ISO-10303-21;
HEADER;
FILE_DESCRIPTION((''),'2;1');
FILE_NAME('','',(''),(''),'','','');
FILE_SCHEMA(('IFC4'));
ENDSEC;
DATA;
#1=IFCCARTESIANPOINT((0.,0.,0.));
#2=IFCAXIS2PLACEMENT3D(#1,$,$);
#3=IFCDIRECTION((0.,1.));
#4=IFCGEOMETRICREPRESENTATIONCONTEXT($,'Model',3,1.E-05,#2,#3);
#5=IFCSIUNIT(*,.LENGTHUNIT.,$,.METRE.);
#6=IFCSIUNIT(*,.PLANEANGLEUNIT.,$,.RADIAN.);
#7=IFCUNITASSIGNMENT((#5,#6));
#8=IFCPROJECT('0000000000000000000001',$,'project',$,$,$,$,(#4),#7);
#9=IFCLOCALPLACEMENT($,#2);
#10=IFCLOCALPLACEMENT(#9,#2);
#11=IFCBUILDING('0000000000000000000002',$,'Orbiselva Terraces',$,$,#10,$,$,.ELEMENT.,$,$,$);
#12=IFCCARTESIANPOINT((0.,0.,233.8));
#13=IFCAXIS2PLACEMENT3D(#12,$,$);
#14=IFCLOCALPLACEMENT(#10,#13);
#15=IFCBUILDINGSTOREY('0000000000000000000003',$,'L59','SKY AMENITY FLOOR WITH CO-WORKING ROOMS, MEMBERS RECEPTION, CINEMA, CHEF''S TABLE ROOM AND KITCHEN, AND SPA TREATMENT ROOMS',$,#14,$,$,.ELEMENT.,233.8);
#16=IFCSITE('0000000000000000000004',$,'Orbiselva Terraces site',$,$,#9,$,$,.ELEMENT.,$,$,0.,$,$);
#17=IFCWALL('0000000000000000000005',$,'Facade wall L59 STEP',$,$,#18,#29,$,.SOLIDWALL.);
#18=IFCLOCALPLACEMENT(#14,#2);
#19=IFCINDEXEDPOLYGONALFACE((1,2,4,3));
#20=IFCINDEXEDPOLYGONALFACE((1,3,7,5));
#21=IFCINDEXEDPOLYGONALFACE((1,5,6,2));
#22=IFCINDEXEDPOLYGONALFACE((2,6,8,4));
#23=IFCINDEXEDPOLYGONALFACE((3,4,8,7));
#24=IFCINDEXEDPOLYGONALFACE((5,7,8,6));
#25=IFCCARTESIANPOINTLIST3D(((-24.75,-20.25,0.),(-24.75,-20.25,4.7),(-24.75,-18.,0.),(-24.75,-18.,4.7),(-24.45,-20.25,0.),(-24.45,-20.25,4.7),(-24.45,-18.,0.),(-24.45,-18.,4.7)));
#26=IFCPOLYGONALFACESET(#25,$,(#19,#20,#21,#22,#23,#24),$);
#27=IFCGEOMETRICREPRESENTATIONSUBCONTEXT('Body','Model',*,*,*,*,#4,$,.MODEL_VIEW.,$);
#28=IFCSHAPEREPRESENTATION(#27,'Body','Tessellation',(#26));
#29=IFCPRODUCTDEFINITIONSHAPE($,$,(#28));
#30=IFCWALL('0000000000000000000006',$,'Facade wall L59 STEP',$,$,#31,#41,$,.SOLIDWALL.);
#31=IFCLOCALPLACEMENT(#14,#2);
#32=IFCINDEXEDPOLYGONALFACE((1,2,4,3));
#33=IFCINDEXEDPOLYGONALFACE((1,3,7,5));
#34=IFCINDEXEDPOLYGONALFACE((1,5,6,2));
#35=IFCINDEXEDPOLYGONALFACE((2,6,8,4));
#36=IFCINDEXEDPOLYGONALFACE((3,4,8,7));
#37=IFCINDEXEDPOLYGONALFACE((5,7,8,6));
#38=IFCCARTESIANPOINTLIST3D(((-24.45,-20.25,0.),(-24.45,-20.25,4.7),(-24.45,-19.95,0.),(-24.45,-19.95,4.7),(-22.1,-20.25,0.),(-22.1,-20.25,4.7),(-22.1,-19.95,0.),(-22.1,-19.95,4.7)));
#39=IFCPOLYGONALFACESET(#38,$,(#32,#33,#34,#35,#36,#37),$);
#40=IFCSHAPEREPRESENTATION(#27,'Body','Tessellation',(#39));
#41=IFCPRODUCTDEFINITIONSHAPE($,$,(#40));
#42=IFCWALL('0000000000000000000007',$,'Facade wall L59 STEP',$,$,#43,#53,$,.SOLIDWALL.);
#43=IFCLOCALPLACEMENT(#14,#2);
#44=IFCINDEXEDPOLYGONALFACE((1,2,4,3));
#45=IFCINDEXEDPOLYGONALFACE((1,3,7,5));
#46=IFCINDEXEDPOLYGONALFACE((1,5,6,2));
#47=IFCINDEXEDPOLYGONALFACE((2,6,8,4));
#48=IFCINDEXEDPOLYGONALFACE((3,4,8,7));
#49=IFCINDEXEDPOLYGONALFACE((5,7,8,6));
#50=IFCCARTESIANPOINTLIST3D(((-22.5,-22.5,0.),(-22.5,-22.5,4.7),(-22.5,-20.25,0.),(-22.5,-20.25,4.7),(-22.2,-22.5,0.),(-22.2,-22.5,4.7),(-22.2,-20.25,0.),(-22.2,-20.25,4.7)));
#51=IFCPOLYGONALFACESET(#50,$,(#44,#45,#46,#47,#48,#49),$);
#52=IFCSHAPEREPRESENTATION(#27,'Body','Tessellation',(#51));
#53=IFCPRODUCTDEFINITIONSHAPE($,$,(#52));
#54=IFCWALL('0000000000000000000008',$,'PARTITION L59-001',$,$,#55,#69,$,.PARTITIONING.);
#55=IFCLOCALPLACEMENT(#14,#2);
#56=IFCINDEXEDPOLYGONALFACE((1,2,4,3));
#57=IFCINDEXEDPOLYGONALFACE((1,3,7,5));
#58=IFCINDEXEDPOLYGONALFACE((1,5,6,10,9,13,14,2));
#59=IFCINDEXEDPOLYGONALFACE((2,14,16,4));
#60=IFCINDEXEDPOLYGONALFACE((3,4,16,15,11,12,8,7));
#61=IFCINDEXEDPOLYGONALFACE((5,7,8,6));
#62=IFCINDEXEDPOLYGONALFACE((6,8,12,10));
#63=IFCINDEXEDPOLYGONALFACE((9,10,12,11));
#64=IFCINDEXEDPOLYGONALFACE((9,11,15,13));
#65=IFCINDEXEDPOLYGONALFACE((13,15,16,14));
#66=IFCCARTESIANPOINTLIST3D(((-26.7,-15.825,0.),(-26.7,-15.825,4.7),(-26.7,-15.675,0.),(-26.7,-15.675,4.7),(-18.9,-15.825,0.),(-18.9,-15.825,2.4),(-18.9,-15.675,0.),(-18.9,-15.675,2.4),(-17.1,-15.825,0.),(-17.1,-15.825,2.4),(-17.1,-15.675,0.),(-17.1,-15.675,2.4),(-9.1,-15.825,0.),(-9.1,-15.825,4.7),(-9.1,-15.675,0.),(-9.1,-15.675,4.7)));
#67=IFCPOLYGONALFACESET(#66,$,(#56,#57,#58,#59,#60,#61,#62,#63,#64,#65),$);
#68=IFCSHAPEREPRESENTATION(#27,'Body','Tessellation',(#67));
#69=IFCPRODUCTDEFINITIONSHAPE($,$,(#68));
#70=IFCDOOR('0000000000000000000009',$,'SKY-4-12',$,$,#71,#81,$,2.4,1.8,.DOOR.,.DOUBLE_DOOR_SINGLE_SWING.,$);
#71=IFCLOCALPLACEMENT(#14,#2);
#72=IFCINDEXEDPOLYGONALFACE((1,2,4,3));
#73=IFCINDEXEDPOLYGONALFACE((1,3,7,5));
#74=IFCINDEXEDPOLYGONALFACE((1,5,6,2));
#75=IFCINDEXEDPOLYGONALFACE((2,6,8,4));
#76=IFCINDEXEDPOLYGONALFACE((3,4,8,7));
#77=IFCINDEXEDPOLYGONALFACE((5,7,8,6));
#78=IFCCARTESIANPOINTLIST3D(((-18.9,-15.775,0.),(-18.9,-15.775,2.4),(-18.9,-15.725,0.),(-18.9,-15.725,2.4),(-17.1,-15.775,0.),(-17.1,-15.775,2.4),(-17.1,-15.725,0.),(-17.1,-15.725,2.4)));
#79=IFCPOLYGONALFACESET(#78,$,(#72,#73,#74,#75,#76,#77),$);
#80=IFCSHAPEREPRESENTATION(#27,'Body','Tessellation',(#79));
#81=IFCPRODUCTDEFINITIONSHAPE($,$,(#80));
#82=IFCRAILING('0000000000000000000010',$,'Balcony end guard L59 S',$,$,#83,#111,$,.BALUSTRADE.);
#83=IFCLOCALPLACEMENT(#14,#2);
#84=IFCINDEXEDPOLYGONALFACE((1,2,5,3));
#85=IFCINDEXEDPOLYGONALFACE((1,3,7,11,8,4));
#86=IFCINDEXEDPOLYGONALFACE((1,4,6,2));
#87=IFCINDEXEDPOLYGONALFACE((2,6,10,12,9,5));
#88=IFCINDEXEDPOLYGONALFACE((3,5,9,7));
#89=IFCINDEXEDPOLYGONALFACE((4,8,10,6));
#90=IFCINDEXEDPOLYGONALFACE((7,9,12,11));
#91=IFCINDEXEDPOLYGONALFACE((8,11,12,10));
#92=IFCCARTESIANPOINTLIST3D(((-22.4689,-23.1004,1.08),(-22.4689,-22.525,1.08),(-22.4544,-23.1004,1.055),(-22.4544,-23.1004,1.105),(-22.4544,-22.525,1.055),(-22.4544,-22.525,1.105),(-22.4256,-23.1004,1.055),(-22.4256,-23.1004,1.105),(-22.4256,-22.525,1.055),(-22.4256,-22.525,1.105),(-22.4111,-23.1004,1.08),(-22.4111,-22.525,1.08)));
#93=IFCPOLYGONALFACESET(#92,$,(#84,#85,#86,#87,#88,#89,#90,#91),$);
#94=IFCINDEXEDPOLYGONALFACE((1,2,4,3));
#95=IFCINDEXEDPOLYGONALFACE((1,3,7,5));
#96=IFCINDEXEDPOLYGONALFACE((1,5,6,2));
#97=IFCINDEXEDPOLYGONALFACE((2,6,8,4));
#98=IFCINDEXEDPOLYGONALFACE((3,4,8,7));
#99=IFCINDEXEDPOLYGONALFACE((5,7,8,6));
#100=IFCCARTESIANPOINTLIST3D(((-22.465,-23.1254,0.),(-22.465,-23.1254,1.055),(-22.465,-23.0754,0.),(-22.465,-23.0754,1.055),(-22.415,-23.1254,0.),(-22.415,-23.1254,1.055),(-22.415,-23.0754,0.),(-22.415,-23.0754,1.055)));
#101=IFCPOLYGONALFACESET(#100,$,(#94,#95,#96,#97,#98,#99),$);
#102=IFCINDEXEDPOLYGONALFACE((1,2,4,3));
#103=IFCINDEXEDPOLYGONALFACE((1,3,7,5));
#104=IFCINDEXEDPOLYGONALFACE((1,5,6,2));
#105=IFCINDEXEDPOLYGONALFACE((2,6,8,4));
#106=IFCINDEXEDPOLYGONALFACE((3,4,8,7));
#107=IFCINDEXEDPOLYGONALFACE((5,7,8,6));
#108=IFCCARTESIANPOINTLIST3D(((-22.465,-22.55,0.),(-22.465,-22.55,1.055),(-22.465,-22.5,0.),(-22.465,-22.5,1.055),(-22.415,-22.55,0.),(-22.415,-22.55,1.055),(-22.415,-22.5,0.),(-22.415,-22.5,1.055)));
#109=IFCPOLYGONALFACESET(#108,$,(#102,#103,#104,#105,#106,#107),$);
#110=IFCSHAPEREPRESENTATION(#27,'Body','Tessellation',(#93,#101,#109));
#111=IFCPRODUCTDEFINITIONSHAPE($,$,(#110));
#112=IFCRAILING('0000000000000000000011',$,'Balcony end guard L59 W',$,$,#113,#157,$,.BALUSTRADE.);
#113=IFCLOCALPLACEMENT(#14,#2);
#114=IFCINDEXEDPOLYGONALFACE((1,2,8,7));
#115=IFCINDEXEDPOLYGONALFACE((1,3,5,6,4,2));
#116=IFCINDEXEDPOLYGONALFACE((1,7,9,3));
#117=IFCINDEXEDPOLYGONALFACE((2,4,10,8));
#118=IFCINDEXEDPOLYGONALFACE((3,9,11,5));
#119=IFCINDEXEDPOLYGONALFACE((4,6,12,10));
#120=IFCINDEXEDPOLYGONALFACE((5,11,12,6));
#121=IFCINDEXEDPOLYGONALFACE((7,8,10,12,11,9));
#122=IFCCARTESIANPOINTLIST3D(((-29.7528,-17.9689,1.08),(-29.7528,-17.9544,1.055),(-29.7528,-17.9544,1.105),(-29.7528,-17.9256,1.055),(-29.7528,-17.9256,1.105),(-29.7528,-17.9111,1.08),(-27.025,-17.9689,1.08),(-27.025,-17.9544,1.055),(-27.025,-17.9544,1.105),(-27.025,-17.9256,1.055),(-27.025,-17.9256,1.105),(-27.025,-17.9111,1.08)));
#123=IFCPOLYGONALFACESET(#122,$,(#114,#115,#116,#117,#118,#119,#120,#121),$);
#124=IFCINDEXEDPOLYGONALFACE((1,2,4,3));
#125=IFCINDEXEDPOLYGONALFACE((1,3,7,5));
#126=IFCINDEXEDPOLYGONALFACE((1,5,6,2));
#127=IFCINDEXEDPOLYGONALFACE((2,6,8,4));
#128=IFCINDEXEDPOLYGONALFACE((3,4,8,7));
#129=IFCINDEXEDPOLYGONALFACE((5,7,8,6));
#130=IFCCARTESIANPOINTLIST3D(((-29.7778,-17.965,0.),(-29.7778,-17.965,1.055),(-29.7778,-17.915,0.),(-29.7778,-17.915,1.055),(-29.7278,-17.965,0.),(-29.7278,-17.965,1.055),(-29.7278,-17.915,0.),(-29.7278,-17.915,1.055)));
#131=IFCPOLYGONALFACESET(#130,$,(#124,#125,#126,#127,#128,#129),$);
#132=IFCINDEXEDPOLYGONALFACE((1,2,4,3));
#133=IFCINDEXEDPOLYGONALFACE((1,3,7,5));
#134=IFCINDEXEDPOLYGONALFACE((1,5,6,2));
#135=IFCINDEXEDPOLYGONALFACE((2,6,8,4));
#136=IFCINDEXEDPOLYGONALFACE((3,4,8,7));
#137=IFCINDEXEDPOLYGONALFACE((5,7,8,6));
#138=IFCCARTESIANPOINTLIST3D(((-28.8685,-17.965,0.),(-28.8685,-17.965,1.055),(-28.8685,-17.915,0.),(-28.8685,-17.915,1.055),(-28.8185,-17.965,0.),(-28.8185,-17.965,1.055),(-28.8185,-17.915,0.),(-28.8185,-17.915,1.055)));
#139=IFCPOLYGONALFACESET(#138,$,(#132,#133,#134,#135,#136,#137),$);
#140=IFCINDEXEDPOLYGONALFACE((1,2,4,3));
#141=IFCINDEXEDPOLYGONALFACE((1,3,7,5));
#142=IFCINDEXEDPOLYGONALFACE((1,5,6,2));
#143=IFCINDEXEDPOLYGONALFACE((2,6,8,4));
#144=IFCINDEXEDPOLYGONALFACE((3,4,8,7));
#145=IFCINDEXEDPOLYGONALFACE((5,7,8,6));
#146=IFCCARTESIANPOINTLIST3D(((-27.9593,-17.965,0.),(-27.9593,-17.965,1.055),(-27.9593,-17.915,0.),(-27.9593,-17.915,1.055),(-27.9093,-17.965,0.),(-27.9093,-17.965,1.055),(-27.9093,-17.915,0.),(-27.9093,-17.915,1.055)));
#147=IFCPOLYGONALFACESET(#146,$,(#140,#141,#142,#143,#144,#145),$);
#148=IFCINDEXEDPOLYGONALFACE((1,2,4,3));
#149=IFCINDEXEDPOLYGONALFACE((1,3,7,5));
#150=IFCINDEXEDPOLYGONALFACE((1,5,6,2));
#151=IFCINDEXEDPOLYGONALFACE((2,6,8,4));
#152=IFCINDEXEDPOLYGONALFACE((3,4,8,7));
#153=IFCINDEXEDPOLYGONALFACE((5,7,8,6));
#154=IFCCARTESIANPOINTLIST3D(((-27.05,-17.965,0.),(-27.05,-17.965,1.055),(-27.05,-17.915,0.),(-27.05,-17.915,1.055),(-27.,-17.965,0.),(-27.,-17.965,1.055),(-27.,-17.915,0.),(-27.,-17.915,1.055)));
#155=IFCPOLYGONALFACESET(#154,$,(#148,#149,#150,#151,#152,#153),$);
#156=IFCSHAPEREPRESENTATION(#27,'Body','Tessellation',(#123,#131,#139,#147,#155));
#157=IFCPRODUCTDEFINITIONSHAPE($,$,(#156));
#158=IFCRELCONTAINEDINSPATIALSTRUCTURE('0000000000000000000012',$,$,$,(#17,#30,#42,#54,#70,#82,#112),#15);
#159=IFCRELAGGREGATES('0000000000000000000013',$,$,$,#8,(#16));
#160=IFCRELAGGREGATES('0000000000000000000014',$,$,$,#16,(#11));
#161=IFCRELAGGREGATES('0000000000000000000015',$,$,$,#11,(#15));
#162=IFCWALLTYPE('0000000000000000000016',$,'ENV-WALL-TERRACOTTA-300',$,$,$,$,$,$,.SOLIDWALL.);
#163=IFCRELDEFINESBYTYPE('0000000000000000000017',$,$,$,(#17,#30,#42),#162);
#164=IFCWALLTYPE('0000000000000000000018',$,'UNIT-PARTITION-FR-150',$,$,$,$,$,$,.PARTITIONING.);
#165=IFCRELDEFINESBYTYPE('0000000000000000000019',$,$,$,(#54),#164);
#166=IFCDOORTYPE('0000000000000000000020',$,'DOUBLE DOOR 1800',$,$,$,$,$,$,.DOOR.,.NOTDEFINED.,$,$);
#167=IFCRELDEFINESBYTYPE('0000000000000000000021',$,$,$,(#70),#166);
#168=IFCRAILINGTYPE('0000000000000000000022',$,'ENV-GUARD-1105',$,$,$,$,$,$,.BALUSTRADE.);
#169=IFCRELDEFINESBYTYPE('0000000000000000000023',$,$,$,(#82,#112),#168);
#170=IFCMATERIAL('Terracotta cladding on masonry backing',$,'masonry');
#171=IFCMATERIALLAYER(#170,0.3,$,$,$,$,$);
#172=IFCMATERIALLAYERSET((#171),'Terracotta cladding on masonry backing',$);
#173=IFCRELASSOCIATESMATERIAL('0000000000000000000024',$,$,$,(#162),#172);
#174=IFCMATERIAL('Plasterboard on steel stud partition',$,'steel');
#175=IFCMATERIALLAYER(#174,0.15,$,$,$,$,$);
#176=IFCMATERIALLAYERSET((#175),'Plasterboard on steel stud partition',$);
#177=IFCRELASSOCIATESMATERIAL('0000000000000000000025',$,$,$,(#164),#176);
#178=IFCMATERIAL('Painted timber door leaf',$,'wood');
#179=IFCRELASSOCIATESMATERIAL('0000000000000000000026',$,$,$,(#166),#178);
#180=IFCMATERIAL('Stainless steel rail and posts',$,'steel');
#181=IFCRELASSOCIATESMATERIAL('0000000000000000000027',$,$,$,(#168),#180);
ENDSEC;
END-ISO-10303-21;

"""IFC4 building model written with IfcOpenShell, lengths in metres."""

from ifc_helpers import new_model, si_unit, direction, frame, frame_2d, origin, origin_2d, place, context, subcontext, project, spatial, polyline, rectangle, outline, extrude, material, layer, layer_set, type_object, element, fill, save


model = new_model("IFC4")

# Units and contexts
model_context = context("Model", 3, precision=1e-05, world=origin(), true_north=direction((0.0, 1.0)))
body_context = subcontext(model_context, "Body", "Model", "MODEL_VIEW")
ifc_project = project(units=[si_unit("LENGTHUNIT", "METRE"), si_unit("PLANEANGLEUNIT", "RADIAN")], contexts=[model_context])

# Site, building, storey
site_placement = place(None, origin())
site = spatial("IfcSite", under=ifc_project, at=site_placement, Name="Orbiselva Terraces site", CompositionType="ELEMENT", RefElevation=0.0)
building_placement = place(site_placement, origin())
building = spatial("IfcBuilding", under=site, at=building_placement, Name="Orbiselva Terraces", CompositionType="ELEMENT")
storey_placement = place(building_placement, frame((0.0, 0.0, 233.8)))
storey = spatial("IfcBuildingStorey", under=building, at=storey_placement, Name="L59", Description="SKY AMENITY FLOOR WITH CO-WORKING ROOMS, MEMBERS RECEPTION, CINEMA, CHEF'S TABLE ROOM AND KITCHEN, AND SPA TREATMENT ROOMS", CompositionType="ELEMENT", Elevation=233.8)

# Walls
ifc_material_1 = material(Name="Terracotta cladding on masonry backing", Category="masonry")
ifc_layer_1 = layer(ifc_material_1, 0.3)
ifc_layer_set_1 = layer_set([ifc_layer_1], Name="Terracotta cladding on masonry backing")
wall_type_1 = type_object("IfcWallType", Name="ENV-WALL-TERRACOTTA-300", PredefinedType="SOLIDWALL", material=ifc_layer_set_1)
wall_1_placement = place(storey_placement, frame((-24.6, -20.25, 0.0), z_axis=(0.0, 0.0, 1.0), x_axis=(0.0, 1.0, 0.0)))
element("IfcWall", 1, at=wall_1_placement, inside=storey, type_object=wall_type_1, Name="Facade wall L59 STEP", PredefinedType="SOLIDWALL", context=body_context, shape_type="SweptSolid", body=[
    extrude(rectangle(XDim=2.25, YDim=0.3, at=frame_2d((1.125, 0.0))), origin(), (0.0, 0.0, 1.0), 4.7),
])
wall_2_placement = place(storey_placement, frame((-22.1, -20.1, 0.0), z_axis=(0.0, 0.0, 1.0), x_axis=(-1.0, 0.0, 0.0)))
element("IfcWall", 2, at=wall_2_placement, inside=storey, type_object=wall_type_1, Name="Facade wall L59 STEP", PredefinedType="SOLIDWALL", context=body_context, shape_type="SweptSolid", body=[
    extrude(rectangle(XDim=2.35, YDim=0.3, at=frame_2d((1.175, 0.0))), origin(), (0.0, 0.0, 1.0), 4.7),
])
wall_3_placement = place(storey_placement, frame((-22.35, -22.5, 0.0), z_axis=(0.0, 0.0, 1.0), x_axis=(0.0, 1.0, 0.0)))
element("IfcWall", 3, at=wall_3_placement, inside=storey, type_object=wall_type_1, Name="Facade wall L59 STEP", PredefinedType="SOLIDWALL", context=body_context, shape_type="SweptSolid", body=[
    extrude(rectangle(XDim=2.25, YDim=0.3, at=frame_2d((1.125, 0.0))), origin(), (0.0, 0.0, 1.0), 4.7),
])

# Wall, opening, door
ifc_material_2 = material(Name="Plasterboard on steel stud partition", Category="steel")
ifc_layer_2 = layer(ifc_material_2, 0.15)
ifc_layer_set_2 = layer_set([ifc_layer_2], Name="Plasterboard on steel stud partition")
wall_type_2 = type_object("IfcWallType", Name="UNIT-PARTITION-FR-150", PredefinedType="PARTITIONING", material=ifc_layer_set_2)
wall_4_placement = place(storey_placement, frame((-26.7, -15.75, 0.0), z_axis=(0.0, 0.0, 1.0), x_axis=(1.0, 0.0, 0.0)))
wall_4 = element("IfcWall", 4, at=wall_4_placement, inside=storey, type_object=wall_type_2, Name="PARTITION L59-001", PredefinedType="PARTITIONING", context=body_context, shape_type="SweptSolid", body=[
    extrude(rectangle(XDim=17.6, YDim=0.15, at=frame_2d((8.8, 0.0))), origin(), (0.0, 0.0, 1.0), 4.7),
])
opening_placement = place(wall_4_placement, frame((7.8, 0.0, 0.0)))
opening = element("IfcOpeningElement", 5, at=opening_placement, cuts=wall_4, PredefinedType="OPENING", context=body_context, shape_type="SweptSolid", body=[
    extrude(rectangle(XDim=1.8, YDim=2.4, at=frame_2d((0.9, 1.2))), frame((0.0, 0.085, 0.0), z_axis=(0.0, -1.0, 0.0), x_axis=(1.0, 0.0, 0.0)), (0.0, 0.0, 1.0), 0.17),
])
ifc_material_3 = material(Name="Painted timber door leaf", Category="wood")
door_type = type_object("IfcDoorType", Name="DOUBLE DOOR 1800", OperationType="NOTDEFINED", PredefinedType="DOOR", material=ifc_material_3)
door_placement = place(opening_placement, origin())
door = element("IfcDoor", 6, at=door_placement, inside=storey, type_object=door_type, Name="SKY-4-12", OperationType="DOUBLE_DOOR_SINGLE_SWING", OverallHeight=2.4, OverallWidth=1.8, PredefinedType="DOOR", context=body_context, shape_type="SweptSolid", body=[
    extrude(rectangle(XDim=1.8, YDim=2.4, at=frame_2d((0.9, 1.2))), frame((0.0, 0.025, 0.0), z_axis=(0.0, -1.0, 0.0), x_axis=(1.0, 0.0, 0.0)), (0.0, 0.0, 1.0), 0.05),
])
fill(opening, door)

# Railings
ifc_material_4 = material(Name="Stainless steel rail and posts", Category="steel")
railing_type_1 = type_object("IfcRailingType", Name="ENV-GUARD-1105", PredefinedType="BALUSTRADE", material=ifc_material_4)
railing_1_placement = place(storey_placement, frame((-22.44, -23.1004, 0.0)))
element("IfcRailing", 7, at=railing_1_placement, inside=storey, type_object=railing_type_1, Name="Balcony end guard L59 S", PredefinedType="BALUSTRADE", context=body_context, shape_type="SweptSolid", body=[
    extrude(outline(polyline([(0.0289, 0.0), (0.0144, 0.025), (-0.0144, 0.025), (-0.0289, 0.0), (-0.0144, -0.025), (0.0144, -0.025), (0.0289, 0.0)])), frame((0.0, 0.0, 1.08), z_axis=(0.0, 1.0, 0.0), x_axis=(-1.0, 0.0, 0.0)), (0.0, 0.0, 1.0), 0.5754),
    extrude(rectangle(XDim=0.05, YDim=0.05, at=origin_2d()), origin(), (0.0, 0.0, 1.0), 1.055),
    extrude(rectangle(XDim=0.05, YDim=0.05, at=origin_2d()), frame((0.0, 0.5754, 0.0)), (0.0, 0.0, 1.0), 1.055),
])
railing_2_placement = place(storey_placement, frame((-29.7528, -17.94, 0.0)))
element("IfcRailing", 8, at=railing_2_placement, inside=storey, type_object=railing_type_1, Name="Balcony end guard L59 W", PredefinedType="BALUSTRADE", context=body_context, shape_type="SweptSolid", body=[
    extrude(outline(polyline([(0.0289, 0.0), (0.0144, 0.025), (-0.0144, 0.025), (-0.0289, 0.0), (-0.0144, -0.025), (0.0144, -0.025), (0.0289, 0.0)])), frame((0.0, 0.0, 1.08), z_axis=(1.0, 0.0, 0.0), x_axis=(0.0, 1.0, 0.0)), (0.0, 0.0, 1.0), 2.7278),
    extrude(rectangle(XDim=0.05, YDim=0.05, at=origin_2d()), origin(), (0.0, 0.0, 1.0), 1.055),
    extrude(rectangle(XDim=0.05, YDim=0.05, at=origin_2d()), frame((0.9093, 0.0, 0.0)), (0.0, 0.0, 1.0), 1.055),
    extrude(rectangle(XDim=0.05, YDim=0.05, at=origin_2d()), frame((1.8185, 0.0, 0.0)), (0.0, 0.0, 1.0), 1.055),
    extrude(rectangle(XDim=0.05, YDim=0.05, at=origin_2d()), frame((2.7278, 0.0, 0.0)), (0.0, 0.0, 1.0), 1.055),
])

save(model, "model.ifc")
